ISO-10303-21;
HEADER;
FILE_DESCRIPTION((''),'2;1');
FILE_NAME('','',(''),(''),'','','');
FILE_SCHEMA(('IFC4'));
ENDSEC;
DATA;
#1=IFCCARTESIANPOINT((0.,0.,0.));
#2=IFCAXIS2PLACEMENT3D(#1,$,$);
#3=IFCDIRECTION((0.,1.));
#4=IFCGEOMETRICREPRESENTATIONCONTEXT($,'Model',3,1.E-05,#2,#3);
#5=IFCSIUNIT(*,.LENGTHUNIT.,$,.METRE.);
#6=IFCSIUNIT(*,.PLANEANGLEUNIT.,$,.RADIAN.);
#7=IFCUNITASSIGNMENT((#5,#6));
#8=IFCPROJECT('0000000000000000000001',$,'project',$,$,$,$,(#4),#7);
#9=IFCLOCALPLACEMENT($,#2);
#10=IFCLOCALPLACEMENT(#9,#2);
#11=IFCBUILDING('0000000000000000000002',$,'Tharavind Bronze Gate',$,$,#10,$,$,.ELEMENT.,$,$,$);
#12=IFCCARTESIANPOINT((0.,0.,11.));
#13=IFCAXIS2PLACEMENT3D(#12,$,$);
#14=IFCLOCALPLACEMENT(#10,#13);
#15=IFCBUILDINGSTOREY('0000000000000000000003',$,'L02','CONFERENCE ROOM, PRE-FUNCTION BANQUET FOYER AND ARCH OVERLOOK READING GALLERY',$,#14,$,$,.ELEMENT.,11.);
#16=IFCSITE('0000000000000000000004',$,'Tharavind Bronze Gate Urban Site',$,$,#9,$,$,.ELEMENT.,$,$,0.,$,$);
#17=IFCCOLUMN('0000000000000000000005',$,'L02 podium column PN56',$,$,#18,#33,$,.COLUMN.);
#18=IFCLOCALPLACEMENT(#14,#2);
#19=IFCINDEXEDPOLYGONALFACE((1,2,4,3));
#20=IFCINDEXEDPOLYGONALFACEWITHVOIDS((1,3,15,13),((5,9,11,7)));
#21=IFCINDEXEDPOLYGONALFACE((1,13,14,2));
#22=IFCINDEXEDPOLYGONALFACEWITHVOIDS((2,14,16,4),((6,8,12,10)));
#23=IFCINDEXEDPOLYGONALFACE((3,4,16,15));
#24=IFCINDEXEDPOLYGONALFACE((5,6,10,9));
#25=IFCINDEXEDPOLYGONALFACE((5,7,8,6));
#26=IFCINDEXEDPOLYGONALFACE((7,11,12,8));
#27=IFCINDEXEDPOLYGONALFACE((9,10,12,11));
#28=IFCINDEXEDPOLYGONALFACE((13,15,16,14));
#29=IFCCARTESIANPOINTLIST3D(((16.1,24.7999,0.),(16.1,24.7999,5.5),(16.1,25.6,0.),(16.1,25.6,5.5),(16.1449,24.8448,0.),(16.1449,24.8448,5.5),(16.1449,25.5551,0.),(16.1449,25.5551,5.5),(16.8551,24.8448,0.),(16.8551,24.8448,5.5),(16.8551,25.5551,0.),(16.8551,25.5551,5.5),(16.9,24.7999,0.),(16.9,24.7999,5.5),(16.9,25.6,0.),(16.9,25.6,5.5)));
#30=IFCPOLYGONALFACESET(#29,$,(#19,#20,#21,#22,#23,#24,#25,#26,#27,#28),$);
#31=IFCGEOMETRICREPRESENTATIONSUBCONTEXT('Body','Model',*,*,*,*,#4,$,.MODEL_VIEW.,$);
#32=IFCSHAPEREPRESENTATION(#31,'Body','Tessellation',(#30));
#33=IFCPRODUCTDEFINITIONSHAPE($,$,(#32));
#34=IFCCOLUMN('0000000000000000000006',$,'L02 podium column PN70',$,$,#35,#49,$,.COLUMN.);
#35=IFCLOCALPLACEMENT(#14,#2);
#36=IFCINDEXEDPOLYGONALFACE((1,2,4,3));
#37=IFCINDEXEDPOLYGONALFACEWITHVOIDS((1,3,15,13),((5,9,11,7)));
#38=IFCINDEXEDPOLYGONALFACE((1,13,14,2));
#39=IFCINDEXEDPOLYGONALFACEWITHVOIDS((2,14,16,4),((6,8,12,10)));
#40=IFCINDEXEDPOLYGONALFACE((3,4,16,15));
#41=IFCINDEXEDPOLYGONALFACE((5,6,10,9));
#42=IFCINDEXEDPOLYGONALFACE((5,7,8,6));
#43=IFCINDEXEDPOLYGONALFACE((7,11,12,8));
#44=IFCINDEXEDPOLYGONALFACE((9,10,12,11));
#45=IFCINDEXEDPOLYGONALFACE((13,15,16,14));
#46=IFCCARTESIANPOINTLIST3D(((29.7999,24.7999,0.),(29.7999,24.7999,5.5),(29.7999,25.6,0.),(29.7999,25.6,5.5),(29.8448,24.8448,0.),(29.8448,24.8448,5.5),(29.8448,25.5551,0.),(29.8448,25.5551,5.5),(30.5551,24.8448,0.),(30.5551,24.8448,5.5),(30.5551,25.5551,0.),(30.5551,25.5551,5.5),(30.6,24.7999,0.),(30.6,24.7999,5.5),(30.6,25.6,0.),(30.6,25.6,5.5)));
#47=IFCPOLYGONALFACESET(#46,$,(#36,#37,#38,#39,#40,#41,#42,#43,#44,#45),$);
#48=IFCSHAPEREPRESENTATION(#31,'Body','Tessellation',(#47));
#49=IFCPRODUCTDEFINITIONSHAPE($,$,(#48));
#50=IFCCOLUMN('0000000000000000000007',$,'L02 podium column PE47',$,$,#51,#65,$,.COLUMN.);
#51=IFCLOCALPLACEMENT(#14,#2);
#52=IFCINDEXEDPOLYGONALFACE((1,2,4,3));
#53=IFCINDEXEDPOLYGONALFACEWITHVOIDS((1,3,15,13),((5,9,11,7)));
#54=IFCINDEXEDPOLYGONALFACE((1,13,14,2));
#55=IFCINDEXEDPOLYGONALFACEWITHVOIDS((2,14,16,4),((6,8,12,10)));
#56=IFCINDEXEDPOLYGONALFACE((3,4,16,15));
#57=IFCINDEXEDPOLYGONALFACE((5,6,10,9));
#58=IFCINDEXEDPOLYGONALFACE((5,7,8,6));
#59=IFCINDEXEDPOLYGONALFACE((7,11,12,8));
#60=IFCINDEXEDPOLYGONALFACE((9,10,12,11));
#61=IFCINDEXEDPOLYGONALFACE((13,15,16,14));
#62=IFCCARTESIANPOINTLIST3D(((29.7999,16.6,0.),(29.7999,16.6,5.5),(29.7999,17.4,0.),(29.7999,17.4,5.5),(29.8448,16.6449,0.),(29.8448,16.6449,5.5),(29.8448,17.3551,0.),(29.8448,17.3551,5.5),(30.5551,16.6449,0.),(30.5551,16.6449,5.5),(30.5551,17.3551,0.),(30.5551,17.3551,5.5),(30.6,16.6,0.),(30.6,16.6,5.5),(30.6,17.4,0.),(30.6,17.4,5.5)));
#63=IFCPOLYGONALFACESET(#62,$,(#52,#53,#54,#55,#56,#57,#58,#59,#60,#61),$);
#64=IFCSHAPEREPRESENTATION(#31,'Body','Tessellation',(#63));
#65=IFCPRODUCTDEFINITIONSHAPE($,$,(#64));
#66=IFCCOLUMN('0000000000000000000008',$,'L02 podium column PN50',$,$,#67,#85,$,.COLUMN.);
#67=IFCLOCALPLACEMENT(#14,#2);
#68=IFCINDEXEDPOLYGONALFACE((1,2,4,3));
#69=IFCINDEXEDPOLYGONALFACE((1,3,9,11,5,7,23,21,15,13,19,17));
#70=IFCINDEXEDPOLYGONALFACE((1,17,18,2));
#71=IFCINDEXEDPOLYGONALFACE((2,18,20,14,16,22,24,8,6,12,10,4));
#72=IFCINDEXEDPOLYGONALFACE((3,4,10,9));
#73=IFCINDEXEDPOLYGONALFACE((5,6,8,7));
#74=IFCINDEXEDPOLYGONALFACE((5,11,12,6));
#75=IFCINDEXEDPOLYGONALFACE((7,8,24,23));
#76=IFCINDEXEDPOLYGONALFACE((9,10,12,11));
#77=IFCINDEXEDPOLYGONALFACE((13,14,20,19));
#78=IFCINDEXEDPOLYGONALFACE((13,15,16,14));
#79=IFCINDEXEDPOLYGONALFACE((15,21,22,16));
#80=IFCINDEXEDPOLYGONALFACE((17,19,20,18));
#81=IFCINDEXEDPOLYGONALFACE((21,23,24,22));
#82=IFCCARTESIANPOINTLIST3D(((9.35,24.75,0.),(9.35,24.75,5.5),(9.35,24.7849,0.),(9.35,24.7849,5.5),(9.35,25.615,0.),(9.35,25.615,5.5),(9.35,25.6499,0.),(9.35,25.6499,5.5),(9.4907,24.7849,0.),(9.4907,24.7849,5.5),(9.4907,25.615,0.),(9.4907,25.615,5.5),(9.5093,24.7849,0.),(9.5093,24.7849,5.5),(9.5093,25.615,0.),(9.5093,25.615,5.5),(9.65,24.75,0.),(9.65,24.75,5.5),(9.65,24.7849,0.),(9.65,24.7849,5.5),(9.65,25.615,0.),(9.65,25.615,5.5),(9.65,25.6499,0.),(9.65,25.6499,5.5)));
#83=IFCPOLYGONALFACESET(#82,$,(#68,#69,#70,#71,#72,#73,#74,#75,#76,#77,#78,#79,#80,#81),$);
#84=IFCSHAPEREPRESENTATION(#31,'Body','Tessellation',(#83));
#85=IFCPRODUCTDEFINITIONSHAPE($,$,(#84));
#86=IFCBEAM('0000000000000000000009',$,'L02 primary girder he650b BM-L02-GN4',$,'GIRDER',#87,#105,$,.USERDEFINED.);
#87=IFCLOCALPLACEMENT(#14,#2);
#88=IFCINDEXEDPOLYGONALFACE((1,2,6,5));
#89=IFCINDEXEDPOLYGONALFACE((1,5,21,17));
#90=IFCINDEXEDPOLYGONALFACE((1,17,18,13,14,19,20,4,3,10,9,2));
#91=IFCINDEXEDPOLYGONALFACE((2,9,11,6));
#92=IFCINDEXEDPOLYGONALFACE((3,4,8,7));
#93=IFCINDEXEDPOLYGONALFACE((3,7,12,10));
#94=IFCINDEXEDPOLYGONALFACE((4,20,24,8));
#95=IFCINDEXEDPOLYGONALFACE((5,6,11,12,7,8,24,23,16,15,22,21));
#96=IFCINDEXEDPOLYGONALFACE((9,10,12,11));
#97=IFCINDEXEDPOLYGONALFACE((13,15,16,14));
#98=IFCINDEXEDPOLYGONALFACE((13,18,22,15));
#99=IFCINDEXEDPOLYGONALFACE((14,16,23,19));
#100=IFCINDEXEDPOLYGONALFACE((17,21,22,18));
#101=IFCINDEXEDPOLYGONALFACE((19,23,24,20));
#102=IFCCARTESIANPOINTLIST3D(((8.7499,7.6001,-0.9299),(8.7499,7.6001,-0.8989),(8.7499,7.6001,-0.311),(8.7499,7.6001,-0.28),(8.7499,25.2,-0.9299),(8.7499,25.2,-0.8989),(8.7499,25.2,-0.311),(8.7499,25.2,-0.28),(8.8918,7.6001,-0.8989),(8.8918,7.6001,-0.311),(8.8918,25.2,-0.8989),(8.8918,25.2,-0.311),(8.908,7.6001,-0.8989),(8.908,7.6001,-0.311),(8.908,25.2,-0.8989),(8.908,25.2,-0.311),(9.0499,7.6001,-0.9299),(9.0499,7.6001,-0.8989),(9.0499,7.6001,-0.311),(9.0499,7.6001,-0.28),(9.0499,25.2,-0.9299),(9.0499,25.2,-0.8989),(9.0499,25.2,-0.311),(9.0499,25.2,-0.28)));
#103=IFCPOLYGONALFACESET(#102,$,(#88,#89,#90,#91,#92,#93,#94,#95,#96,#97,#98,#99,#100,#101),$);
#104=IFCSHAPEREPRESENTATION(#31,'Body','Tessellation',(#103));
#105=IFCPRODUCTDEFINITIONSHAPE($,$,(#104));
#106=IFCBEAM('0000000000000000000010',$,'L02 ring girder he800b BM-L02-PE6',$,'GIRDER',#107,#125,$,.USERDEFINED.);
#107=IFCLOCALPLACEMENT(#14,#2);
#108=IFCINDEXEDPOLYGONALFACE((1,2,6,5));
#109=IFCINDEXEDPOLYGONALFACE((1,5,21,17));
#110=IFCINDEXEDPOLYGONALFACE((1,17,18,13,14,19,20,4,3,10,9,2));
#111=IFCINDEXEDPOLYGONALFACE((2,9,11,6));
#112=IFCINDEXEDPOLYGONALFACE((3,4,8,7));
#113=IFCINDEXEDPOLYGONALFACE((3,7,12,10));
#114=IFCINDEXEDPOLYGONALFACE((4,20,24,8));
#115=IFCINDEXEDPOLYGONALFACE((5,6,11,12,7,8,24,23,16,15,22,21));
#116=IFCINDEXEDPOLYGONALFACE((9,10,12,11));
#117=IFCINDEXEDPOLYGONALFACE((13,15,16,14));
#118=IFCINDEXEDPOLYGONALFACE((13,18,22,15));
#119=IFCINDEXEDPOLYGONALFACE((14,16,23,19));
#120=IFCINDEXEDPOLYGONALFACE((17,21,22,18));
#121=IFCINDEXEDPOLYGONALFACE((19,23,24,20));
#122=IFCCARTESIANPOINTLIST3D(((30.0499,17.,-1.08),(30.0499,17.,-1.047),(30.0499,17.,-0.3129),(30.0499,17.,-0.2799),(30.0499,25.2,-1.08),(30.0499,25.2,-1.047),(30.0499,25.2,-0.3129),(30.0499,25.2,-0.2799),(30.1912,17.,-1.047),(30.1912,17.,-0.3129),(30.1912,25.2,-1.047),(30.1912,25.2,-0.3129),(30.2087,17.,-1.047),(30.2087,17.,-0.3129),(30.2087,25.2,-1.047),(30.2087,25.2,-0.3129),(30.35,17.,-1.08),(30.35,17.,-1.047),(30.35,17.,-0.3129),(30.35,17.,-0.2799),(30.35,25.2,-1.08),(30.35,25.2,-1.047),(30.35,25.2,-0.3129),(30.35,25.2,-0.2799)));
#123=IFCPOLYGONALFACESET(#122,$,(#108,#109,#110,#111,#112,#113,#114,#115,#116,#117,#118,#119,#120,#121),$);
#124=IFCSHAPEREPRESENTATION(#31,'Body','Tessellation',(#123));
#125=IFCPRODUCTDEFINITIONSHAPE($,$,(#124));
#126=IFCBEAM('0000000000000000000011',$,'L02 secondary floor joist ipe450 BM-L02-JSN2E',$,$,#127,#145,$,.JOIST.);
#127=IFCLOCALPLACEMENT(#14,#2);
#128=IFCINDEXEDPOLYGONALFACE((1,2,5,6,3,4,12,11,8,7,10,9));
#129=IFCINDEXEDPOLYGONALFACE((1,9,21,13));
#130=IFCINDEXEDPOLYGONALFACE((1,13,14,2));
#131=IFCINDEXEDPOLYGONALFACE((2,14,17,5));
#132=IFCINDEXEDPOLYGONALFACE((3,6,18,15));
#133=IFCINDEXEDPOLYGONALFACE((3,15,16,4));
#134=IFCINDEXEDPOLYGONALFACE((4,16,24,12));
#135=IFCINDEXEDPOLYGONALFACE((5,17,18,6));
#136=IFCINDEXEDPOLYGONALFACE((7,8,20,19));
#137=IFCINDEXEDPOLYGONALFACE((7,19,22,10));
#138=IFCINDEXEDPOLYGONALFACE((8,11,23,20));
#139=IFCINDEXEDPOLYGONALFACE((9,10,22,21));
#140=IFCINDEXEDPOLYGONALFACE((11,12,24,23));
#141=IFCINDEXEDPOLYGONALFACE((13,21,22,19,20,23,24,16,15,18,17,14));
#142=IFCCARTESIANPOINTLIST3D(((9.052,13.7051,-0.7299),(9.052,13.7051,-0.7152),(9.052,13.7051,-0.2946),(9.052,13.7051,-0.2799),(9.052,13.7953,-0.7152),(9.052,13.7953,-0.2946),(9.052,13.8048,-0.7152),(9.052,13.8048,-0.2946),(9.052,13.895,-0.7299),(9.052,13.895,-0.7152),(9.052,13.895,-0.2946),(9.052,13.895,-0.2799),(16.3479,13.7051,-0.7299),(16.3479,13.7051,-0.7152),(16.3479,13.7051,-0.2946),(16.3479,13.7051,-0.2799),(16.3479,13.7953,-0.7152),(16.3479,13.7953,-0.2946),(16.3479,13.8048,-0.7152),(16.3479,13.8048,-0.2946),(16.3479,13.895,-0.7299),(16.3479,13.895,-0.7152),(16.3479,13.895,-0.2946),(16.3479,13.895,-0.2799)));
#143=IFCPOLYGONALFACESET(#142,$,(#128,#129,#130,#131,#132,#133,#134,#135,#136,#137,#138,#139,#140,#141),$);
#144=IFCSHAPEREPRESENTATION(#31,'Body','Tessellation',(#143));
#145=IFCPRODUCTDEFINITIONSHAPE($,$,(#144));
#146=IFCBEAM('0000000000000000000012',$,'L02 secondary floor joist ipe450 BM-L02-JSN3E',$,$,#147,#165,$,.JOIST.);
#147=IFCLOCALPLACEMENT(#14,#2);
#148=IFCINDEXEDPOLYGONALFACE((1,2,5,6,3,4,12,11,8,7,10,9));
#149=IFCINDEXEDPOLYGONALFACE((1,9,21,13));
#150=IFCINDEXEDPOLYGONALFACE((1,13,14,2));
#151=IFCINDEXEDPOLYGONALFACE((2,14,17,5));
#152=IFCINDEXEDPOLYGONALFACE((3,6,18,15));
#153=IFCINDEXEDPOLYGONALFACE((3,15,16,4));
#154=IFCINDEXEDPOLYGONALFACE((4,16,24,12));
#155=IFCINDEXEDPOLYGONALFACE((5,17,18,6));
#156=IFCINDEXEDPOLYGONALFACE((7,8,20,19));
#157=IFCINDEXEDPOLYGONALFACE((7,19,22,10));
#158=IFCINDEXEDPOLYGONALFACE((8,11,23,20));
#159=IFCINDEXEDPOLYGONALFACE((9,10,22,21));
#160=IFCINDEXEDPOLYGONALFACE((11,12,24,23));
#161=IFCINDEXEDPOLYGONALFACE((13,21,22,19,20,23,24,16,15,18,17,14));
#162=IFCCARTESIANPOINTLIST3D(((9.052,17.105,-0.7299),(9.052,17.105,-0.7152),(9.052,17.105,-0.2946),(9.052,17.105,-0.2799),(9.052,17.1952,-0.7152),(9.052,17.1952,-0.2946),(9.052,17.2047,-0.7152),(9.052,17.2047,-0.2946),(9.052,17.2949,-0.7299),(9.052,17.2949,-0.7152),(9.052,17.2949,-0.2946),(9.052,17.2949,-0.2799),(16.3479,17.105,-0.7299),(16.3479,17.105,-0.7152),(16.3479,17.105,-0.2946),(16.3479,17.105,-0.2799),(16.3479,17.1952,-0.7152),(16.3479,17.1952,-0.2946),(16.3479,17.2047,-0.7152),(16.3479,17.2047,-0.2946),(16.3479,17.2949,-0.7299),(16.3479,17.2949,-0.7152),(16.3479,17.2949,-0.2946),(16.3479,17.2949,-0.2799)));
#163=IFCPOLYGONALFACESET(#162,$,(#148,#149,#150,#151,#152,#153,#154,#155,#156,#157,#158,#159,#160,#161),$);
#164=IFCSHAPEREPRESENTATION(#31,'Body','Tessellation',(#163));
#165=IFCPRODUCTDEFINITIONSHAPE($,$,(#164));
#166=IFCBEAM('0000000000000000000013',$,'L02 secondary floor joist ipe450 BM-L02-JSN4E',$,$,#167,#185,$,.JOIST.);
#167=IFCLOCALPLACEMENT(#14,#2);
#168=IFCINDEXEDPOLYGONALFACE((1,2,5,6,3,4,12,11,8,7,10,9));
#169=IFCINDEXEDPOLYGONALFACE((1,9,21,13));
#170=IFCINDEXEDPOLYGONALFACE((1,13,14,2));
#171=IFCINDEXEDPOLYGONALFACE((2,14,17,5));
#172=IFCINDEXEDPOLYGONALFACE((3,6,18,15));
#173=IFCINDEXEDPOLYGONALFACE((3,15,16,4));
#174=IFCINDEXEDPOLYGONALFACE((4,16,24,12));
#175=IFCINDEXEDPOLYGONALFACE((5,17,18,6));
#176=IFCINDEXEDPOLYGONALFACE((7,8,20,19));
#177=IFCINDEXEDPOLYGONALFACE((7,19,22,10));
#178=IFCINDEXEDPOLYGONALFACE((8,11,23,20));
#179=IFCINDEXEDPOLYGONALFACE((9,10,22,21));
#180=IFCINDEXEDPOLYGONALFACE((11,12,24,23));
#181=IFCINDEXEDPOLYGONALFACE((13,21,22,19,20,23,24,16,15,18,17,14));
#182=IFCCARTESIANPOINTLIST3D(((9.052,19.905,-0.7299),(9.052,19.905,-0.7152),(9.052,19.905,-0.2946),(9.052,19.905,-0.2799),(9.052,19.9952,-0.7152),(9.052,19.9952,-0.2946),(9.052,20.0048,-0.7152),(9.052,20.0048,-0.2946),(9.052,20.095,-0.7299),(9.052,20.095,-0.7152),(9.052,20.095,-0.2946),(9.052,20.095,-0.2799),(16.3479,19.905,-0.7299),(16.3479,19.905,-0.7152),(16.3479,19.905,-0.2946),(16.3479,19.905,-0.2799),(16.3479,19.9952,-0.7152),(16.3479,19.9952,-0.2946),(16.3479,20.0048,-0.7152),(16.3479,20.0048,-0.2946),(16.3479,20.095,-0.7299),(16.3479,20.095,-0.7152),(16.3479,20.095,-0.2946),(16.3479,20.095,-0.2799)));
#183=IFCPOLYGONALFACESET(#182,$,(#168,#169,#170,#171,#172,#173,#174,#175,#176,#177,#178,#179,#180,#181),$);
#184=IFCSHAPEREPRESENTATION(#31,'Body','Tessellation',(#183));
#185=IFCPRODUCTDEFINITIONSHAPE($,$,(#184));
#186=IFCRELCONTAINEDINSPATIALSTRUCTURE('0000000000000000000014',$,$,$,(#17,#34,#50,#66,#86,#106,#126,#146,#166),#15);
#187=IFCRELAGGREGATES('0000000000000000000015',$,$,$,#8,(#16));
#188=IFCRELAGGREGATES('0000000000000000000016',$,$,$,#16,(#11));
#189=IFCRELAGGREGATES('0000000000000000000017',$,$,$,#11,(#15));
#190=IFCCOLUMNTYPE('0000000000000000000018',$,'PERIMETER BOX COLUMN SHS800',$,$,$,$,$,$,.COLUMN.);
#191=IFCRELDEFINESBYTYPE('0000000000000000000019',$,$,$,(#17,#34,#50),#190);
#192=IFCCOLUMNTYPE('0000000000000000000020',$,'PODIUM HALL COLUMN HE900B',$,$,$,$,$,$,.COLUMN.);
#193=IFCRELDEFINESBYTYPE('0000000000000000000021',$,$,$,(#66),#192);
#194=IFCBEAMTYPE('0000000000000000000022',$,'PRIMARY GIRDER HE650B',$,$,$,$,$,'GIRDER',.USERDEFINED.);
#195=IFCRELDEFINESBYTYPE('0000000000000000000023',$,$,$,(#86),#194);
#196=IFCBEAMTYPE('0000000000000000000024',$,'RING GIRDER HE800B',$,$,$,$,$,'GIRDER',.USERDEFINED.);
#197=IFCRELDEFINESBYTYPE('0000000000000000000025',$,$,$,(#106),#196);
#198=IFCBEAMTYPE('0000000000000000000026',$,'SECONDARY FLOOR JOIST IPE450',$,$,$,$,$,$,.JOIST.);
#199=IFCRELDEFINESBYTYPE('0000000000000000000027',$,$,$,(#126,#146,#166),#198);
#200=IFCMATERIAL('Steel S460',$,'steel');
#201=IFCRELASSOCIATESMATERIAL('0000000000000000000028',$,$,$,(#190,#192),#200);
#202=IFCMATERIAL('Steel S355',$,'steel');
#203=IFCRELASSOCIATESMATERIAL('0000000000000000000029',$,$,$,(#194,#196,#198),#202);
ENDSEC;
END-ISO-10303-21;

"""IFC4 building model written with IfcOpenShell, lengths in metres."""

from ifc_helpers import new_model, si_unit, direction, frame, origin, origin_2d, place, context, subcontext, project, spatial, hollow_rectangle, i_section, extrude, material, material_profile, profile_set, type_object, element, save


model = new_model("IFC4")

# Units and contexts
model_context = context("Model", 3, precision=1e-05, world=origin(), true_north=direction((0.0, 1.0)))
body_context = subcontext(model_context, "Body", "Model", "MODEL_VIEW")
ifc_project = project(units=[si_unit("LENGTHUNIT", "METRE"), si_unit("PLANEANGLEUNIT", "RADIAN")], contexts=[model_context])

# Site, building, storey
site_placement = place(None, origin())
site = spatial("IfcSite", under=ifc_project, at=site_placement, Name="Tharavind Bronze Gate Urban Site", CompositionType="ELEMENT", RefElevation=0.0)
building_placement = place(site_placement, origin())
building = spatial("IfcBuilding", under=site, at=building_placement, Name="Tharavind Bronze Gate", CompositionType="ELEMENT")
storey_placement = place(building_placement, frame((0.0, 0.0, 11.0)))
storey = spatial("IfcBuildingStorey", under=building, at=storey_placement, Name="L02", Description="CONFERENCE ROOM, PRE-FUNCTION BANQUET FOYER AND ARCH OVERLOOK READING GALLERY", CompositionType="ELEMENT", Elevation=11.0)

# Columns
ifc_material_1 = material(Name="Steel S460", Category="steel")
ifc_material_profile_1 = material_profile(ifc_material_1, hollow_rectangle(XDim=0.8, YDim=0.8, WallThickness=0.0449, at=origin_2d()), Name="SHS800X45")
ifc_profile_set_1 = profile_set([ifc_material_profile_1], Name="Steel S460")
column_type_1 = type_object("IfcColumnType", Name="PERIMETER BOX COLUMN SHS800", PredefinedType="COLUMN", material=ifc_profile_set_1)
for number, where, z_axis, x_axis, name in (
    (1, (16.5, 25.2, 0.0), (0.0, 0.0, 1.0), (1.0, 0.0, 0.0), "L02 podium column PN56"),
    (2, (30.2, 25.2, 0.0), (0.0, 0.0, 1.0), (1.0, 0.0, 0.0), "L02 podium column PN70"),
    (3, (30.2, 17.0, 0.0), (0.0, 0.0, 1.0), (1.0, 0.0, 0.0), "L02 podium column PE47"),
):
    element("IfcColumn", number, at=place(storey_placement, frame(where, z_axis=z_axis, x_axis=x_axis)), inside=storey, type_object=column_type_1, Name=name, PredefinedType="COLUMN", context=body_context, shape_type="SweptSolid", body=[
        extrude(hollow_rectangle(XDim=0.8, YDim=0.8, WallThickness=0.0449, at=origin_2d()), origin(), (0.0, 0.0, 1.0), 5.5),
    ])
ifc_material_profile_2 = material_profile(ifc_material_1, i_section(OverallWidth=0.3, OverallDepth=0.8999, WebThickness=0.0186, FlangeThickness=0.0349, at=origin_2d()), Name="HE900B")
ifc_profile_set_2 = profile_set([ifc_material_profile_2], Name="Steel S460")
column_type_2 = type_object("IfcColumnType", Name="PODIUM HALL COLUMN HE900B", PredefinedType="COLUMN", material=ifc_profile_set_2)
column_placement = place(storey_placement, frame((9.5, 25.2, 0.0), z_axis=(0.0, 0.0, 1.0), x_axis=(1.0, 0.0, 0.0)))
element("IfcColumn", 4, at=column_placement, inside=storey, type_object=column_type_2, Name="L02 podium column PN50", PredefinedType="COLUMN", context=body_context, shape_type="SweptSolid", body=[
    extrude(i_section(OverallWidth=0.3, OverallDepth=0.8999, WebThickness=0.0186, FlangeThickness=0.0349, at=origin_2d()), origin(), (0.0, 0.0, 1.0), 5.5),
])

# Beams
ifc_material_2 = material(Name="Steel S355", Category="steel")
ifc_material_profile_3 = material_profile(ifc_material_2, i_section(OverallWidth=0.3, OverallDepth=0.6499, WebThickness=0.0161, FlangeThickness=0.031, at=origin_2d()), Name="HE650B")
ifc_profile_set_3 = profile_set([ifc_material_profile_3], Name="Steel S355")
beam_type_1 = type_object("IfcBeamType", Name="PRIMARY GIRDER HE650B", ElementType="GIRDER", PredefinedType="USERDEFINED", material=ifc_profile_set_3)
beam_1_placement = place(storey_placement, frame((8.8999, 25.2, -0.605), z_axis=(0.0, -1.0, 0.0), x_axis=(1.0, 0.0, 0.0)))
element("IfcBeam", 5, at=beam_1_placement, inside=storey, type_object=beam_type_1, Name="L02 primary girder he650b BM-L02-GN4", ObjectType="GIRDER", PredefinedType="USERDEFINED", context=body_context, shape_type="SweptSolid", body=[
    extrude(i_section(OverallWidth=0.3, OverallDepth=0.6499, WebThickness=0.0161, FlangeThickness=0.031, at=origin_2d()), origin(), (0.0, 0.0, 1.0), 17.5999),
])
ifc_material_profile_4 = material_profile(ifc_material_2, i_section(OverallWidth=0.3, OverallDepth=0.8, WebThickness=0.0176, FlangeThickness=0.033, at=origin_2d()), Name="HE800B")
ifc_profile_set_4 = profile_set([ifc_material_profile_4], Name="Steel S355")
beam_type_2 = type_object("IfcBeamType", Name="RING GIRDER HE800B", ElementType="GIRDER", PredefinedType="USERDEFINED", material=ifc_profile_set_4)
beam_2_placement = place(storey_placement, frame((30.2, 17.0, -0.6799), z_axis=(0.0, 1.0, 0.0), x_axis=(-1.0, 0.0, 0.0)))
element("IfcBeam", 6, at=beam_2_placement, inside=storey, type_object=beam_type_2, Name="L02 ring girder he800b BM-L02-PE6", ObjectType="GIRDER", PredefinedType="USERDEFINED", context=body_context, shape_type="SweptSolid", body=[
    extrude(i_section(OverallWidth=0.3, OverallDepth=0.8, WebThickness=0.0176, FlangeThickness=0.033, at=origin_2d()), origin(), (0.0, 0.0, 1.0), 8.2),
])
ifc_material_profile_5 = material_profile(ifc_material_2, i_section(OverallWidth=0.1899, OverallDepth=0.45, WebThickness=0.0095, FlangeThickness=0.0146, at=origin_2d()), Name="IPE450")
ifc_profile_set_5 = profile_set([ifc_material_profile_5], Name="Steel S355")
beam_type_3 = type_object("IfcBeamType", Name="SECONDARY FLOOR JOIST IPE450", PredefinedType="JOIST", material=ifc_profile_set_5)
for number, where, z_axis, x_axis, name in (
    (7, (9.052, 13.8, -0.5049), (1.0, 0.0, 0.0), (0.0, 1.0, 0.0), "L02 secondary floor joist ipe450 BM-L02-JSN2E"),
    (8, (9.052, 17.2, -0.5049), (1.0, 0.0, 0.0), (0.0, 1.0, 0.0), "L02 secondary floor joist ipe450 BM-L02-JSN3E"),
    (9, (9.052, 20.0, -0.5049), (1.0, 0.0, 0.0), (0.0, 1.0, 0.0), "L02 secondary floor joist ipe450 BM-L02-JSN4E"),
):
    element("IfcBeam", number, at=place(storey_placement, frame(where, z_axis=z_axis, x_axis=x_axis)), inside=storey, type_object=beam_type_3, Name=name, PredefinedType="JOIST", context=body_context, shape_type="SweptSolid", body=[
        extrude(i_section(OverallWidth=0.1899, OverallDepth=0.45, WebThickness=0.0095, FlangeThickness=0.0146, at=origin_2d()), origin(), (0.0, 0.0, 1.0), 7.2959),
    ])

save(model, "model.ifc")
